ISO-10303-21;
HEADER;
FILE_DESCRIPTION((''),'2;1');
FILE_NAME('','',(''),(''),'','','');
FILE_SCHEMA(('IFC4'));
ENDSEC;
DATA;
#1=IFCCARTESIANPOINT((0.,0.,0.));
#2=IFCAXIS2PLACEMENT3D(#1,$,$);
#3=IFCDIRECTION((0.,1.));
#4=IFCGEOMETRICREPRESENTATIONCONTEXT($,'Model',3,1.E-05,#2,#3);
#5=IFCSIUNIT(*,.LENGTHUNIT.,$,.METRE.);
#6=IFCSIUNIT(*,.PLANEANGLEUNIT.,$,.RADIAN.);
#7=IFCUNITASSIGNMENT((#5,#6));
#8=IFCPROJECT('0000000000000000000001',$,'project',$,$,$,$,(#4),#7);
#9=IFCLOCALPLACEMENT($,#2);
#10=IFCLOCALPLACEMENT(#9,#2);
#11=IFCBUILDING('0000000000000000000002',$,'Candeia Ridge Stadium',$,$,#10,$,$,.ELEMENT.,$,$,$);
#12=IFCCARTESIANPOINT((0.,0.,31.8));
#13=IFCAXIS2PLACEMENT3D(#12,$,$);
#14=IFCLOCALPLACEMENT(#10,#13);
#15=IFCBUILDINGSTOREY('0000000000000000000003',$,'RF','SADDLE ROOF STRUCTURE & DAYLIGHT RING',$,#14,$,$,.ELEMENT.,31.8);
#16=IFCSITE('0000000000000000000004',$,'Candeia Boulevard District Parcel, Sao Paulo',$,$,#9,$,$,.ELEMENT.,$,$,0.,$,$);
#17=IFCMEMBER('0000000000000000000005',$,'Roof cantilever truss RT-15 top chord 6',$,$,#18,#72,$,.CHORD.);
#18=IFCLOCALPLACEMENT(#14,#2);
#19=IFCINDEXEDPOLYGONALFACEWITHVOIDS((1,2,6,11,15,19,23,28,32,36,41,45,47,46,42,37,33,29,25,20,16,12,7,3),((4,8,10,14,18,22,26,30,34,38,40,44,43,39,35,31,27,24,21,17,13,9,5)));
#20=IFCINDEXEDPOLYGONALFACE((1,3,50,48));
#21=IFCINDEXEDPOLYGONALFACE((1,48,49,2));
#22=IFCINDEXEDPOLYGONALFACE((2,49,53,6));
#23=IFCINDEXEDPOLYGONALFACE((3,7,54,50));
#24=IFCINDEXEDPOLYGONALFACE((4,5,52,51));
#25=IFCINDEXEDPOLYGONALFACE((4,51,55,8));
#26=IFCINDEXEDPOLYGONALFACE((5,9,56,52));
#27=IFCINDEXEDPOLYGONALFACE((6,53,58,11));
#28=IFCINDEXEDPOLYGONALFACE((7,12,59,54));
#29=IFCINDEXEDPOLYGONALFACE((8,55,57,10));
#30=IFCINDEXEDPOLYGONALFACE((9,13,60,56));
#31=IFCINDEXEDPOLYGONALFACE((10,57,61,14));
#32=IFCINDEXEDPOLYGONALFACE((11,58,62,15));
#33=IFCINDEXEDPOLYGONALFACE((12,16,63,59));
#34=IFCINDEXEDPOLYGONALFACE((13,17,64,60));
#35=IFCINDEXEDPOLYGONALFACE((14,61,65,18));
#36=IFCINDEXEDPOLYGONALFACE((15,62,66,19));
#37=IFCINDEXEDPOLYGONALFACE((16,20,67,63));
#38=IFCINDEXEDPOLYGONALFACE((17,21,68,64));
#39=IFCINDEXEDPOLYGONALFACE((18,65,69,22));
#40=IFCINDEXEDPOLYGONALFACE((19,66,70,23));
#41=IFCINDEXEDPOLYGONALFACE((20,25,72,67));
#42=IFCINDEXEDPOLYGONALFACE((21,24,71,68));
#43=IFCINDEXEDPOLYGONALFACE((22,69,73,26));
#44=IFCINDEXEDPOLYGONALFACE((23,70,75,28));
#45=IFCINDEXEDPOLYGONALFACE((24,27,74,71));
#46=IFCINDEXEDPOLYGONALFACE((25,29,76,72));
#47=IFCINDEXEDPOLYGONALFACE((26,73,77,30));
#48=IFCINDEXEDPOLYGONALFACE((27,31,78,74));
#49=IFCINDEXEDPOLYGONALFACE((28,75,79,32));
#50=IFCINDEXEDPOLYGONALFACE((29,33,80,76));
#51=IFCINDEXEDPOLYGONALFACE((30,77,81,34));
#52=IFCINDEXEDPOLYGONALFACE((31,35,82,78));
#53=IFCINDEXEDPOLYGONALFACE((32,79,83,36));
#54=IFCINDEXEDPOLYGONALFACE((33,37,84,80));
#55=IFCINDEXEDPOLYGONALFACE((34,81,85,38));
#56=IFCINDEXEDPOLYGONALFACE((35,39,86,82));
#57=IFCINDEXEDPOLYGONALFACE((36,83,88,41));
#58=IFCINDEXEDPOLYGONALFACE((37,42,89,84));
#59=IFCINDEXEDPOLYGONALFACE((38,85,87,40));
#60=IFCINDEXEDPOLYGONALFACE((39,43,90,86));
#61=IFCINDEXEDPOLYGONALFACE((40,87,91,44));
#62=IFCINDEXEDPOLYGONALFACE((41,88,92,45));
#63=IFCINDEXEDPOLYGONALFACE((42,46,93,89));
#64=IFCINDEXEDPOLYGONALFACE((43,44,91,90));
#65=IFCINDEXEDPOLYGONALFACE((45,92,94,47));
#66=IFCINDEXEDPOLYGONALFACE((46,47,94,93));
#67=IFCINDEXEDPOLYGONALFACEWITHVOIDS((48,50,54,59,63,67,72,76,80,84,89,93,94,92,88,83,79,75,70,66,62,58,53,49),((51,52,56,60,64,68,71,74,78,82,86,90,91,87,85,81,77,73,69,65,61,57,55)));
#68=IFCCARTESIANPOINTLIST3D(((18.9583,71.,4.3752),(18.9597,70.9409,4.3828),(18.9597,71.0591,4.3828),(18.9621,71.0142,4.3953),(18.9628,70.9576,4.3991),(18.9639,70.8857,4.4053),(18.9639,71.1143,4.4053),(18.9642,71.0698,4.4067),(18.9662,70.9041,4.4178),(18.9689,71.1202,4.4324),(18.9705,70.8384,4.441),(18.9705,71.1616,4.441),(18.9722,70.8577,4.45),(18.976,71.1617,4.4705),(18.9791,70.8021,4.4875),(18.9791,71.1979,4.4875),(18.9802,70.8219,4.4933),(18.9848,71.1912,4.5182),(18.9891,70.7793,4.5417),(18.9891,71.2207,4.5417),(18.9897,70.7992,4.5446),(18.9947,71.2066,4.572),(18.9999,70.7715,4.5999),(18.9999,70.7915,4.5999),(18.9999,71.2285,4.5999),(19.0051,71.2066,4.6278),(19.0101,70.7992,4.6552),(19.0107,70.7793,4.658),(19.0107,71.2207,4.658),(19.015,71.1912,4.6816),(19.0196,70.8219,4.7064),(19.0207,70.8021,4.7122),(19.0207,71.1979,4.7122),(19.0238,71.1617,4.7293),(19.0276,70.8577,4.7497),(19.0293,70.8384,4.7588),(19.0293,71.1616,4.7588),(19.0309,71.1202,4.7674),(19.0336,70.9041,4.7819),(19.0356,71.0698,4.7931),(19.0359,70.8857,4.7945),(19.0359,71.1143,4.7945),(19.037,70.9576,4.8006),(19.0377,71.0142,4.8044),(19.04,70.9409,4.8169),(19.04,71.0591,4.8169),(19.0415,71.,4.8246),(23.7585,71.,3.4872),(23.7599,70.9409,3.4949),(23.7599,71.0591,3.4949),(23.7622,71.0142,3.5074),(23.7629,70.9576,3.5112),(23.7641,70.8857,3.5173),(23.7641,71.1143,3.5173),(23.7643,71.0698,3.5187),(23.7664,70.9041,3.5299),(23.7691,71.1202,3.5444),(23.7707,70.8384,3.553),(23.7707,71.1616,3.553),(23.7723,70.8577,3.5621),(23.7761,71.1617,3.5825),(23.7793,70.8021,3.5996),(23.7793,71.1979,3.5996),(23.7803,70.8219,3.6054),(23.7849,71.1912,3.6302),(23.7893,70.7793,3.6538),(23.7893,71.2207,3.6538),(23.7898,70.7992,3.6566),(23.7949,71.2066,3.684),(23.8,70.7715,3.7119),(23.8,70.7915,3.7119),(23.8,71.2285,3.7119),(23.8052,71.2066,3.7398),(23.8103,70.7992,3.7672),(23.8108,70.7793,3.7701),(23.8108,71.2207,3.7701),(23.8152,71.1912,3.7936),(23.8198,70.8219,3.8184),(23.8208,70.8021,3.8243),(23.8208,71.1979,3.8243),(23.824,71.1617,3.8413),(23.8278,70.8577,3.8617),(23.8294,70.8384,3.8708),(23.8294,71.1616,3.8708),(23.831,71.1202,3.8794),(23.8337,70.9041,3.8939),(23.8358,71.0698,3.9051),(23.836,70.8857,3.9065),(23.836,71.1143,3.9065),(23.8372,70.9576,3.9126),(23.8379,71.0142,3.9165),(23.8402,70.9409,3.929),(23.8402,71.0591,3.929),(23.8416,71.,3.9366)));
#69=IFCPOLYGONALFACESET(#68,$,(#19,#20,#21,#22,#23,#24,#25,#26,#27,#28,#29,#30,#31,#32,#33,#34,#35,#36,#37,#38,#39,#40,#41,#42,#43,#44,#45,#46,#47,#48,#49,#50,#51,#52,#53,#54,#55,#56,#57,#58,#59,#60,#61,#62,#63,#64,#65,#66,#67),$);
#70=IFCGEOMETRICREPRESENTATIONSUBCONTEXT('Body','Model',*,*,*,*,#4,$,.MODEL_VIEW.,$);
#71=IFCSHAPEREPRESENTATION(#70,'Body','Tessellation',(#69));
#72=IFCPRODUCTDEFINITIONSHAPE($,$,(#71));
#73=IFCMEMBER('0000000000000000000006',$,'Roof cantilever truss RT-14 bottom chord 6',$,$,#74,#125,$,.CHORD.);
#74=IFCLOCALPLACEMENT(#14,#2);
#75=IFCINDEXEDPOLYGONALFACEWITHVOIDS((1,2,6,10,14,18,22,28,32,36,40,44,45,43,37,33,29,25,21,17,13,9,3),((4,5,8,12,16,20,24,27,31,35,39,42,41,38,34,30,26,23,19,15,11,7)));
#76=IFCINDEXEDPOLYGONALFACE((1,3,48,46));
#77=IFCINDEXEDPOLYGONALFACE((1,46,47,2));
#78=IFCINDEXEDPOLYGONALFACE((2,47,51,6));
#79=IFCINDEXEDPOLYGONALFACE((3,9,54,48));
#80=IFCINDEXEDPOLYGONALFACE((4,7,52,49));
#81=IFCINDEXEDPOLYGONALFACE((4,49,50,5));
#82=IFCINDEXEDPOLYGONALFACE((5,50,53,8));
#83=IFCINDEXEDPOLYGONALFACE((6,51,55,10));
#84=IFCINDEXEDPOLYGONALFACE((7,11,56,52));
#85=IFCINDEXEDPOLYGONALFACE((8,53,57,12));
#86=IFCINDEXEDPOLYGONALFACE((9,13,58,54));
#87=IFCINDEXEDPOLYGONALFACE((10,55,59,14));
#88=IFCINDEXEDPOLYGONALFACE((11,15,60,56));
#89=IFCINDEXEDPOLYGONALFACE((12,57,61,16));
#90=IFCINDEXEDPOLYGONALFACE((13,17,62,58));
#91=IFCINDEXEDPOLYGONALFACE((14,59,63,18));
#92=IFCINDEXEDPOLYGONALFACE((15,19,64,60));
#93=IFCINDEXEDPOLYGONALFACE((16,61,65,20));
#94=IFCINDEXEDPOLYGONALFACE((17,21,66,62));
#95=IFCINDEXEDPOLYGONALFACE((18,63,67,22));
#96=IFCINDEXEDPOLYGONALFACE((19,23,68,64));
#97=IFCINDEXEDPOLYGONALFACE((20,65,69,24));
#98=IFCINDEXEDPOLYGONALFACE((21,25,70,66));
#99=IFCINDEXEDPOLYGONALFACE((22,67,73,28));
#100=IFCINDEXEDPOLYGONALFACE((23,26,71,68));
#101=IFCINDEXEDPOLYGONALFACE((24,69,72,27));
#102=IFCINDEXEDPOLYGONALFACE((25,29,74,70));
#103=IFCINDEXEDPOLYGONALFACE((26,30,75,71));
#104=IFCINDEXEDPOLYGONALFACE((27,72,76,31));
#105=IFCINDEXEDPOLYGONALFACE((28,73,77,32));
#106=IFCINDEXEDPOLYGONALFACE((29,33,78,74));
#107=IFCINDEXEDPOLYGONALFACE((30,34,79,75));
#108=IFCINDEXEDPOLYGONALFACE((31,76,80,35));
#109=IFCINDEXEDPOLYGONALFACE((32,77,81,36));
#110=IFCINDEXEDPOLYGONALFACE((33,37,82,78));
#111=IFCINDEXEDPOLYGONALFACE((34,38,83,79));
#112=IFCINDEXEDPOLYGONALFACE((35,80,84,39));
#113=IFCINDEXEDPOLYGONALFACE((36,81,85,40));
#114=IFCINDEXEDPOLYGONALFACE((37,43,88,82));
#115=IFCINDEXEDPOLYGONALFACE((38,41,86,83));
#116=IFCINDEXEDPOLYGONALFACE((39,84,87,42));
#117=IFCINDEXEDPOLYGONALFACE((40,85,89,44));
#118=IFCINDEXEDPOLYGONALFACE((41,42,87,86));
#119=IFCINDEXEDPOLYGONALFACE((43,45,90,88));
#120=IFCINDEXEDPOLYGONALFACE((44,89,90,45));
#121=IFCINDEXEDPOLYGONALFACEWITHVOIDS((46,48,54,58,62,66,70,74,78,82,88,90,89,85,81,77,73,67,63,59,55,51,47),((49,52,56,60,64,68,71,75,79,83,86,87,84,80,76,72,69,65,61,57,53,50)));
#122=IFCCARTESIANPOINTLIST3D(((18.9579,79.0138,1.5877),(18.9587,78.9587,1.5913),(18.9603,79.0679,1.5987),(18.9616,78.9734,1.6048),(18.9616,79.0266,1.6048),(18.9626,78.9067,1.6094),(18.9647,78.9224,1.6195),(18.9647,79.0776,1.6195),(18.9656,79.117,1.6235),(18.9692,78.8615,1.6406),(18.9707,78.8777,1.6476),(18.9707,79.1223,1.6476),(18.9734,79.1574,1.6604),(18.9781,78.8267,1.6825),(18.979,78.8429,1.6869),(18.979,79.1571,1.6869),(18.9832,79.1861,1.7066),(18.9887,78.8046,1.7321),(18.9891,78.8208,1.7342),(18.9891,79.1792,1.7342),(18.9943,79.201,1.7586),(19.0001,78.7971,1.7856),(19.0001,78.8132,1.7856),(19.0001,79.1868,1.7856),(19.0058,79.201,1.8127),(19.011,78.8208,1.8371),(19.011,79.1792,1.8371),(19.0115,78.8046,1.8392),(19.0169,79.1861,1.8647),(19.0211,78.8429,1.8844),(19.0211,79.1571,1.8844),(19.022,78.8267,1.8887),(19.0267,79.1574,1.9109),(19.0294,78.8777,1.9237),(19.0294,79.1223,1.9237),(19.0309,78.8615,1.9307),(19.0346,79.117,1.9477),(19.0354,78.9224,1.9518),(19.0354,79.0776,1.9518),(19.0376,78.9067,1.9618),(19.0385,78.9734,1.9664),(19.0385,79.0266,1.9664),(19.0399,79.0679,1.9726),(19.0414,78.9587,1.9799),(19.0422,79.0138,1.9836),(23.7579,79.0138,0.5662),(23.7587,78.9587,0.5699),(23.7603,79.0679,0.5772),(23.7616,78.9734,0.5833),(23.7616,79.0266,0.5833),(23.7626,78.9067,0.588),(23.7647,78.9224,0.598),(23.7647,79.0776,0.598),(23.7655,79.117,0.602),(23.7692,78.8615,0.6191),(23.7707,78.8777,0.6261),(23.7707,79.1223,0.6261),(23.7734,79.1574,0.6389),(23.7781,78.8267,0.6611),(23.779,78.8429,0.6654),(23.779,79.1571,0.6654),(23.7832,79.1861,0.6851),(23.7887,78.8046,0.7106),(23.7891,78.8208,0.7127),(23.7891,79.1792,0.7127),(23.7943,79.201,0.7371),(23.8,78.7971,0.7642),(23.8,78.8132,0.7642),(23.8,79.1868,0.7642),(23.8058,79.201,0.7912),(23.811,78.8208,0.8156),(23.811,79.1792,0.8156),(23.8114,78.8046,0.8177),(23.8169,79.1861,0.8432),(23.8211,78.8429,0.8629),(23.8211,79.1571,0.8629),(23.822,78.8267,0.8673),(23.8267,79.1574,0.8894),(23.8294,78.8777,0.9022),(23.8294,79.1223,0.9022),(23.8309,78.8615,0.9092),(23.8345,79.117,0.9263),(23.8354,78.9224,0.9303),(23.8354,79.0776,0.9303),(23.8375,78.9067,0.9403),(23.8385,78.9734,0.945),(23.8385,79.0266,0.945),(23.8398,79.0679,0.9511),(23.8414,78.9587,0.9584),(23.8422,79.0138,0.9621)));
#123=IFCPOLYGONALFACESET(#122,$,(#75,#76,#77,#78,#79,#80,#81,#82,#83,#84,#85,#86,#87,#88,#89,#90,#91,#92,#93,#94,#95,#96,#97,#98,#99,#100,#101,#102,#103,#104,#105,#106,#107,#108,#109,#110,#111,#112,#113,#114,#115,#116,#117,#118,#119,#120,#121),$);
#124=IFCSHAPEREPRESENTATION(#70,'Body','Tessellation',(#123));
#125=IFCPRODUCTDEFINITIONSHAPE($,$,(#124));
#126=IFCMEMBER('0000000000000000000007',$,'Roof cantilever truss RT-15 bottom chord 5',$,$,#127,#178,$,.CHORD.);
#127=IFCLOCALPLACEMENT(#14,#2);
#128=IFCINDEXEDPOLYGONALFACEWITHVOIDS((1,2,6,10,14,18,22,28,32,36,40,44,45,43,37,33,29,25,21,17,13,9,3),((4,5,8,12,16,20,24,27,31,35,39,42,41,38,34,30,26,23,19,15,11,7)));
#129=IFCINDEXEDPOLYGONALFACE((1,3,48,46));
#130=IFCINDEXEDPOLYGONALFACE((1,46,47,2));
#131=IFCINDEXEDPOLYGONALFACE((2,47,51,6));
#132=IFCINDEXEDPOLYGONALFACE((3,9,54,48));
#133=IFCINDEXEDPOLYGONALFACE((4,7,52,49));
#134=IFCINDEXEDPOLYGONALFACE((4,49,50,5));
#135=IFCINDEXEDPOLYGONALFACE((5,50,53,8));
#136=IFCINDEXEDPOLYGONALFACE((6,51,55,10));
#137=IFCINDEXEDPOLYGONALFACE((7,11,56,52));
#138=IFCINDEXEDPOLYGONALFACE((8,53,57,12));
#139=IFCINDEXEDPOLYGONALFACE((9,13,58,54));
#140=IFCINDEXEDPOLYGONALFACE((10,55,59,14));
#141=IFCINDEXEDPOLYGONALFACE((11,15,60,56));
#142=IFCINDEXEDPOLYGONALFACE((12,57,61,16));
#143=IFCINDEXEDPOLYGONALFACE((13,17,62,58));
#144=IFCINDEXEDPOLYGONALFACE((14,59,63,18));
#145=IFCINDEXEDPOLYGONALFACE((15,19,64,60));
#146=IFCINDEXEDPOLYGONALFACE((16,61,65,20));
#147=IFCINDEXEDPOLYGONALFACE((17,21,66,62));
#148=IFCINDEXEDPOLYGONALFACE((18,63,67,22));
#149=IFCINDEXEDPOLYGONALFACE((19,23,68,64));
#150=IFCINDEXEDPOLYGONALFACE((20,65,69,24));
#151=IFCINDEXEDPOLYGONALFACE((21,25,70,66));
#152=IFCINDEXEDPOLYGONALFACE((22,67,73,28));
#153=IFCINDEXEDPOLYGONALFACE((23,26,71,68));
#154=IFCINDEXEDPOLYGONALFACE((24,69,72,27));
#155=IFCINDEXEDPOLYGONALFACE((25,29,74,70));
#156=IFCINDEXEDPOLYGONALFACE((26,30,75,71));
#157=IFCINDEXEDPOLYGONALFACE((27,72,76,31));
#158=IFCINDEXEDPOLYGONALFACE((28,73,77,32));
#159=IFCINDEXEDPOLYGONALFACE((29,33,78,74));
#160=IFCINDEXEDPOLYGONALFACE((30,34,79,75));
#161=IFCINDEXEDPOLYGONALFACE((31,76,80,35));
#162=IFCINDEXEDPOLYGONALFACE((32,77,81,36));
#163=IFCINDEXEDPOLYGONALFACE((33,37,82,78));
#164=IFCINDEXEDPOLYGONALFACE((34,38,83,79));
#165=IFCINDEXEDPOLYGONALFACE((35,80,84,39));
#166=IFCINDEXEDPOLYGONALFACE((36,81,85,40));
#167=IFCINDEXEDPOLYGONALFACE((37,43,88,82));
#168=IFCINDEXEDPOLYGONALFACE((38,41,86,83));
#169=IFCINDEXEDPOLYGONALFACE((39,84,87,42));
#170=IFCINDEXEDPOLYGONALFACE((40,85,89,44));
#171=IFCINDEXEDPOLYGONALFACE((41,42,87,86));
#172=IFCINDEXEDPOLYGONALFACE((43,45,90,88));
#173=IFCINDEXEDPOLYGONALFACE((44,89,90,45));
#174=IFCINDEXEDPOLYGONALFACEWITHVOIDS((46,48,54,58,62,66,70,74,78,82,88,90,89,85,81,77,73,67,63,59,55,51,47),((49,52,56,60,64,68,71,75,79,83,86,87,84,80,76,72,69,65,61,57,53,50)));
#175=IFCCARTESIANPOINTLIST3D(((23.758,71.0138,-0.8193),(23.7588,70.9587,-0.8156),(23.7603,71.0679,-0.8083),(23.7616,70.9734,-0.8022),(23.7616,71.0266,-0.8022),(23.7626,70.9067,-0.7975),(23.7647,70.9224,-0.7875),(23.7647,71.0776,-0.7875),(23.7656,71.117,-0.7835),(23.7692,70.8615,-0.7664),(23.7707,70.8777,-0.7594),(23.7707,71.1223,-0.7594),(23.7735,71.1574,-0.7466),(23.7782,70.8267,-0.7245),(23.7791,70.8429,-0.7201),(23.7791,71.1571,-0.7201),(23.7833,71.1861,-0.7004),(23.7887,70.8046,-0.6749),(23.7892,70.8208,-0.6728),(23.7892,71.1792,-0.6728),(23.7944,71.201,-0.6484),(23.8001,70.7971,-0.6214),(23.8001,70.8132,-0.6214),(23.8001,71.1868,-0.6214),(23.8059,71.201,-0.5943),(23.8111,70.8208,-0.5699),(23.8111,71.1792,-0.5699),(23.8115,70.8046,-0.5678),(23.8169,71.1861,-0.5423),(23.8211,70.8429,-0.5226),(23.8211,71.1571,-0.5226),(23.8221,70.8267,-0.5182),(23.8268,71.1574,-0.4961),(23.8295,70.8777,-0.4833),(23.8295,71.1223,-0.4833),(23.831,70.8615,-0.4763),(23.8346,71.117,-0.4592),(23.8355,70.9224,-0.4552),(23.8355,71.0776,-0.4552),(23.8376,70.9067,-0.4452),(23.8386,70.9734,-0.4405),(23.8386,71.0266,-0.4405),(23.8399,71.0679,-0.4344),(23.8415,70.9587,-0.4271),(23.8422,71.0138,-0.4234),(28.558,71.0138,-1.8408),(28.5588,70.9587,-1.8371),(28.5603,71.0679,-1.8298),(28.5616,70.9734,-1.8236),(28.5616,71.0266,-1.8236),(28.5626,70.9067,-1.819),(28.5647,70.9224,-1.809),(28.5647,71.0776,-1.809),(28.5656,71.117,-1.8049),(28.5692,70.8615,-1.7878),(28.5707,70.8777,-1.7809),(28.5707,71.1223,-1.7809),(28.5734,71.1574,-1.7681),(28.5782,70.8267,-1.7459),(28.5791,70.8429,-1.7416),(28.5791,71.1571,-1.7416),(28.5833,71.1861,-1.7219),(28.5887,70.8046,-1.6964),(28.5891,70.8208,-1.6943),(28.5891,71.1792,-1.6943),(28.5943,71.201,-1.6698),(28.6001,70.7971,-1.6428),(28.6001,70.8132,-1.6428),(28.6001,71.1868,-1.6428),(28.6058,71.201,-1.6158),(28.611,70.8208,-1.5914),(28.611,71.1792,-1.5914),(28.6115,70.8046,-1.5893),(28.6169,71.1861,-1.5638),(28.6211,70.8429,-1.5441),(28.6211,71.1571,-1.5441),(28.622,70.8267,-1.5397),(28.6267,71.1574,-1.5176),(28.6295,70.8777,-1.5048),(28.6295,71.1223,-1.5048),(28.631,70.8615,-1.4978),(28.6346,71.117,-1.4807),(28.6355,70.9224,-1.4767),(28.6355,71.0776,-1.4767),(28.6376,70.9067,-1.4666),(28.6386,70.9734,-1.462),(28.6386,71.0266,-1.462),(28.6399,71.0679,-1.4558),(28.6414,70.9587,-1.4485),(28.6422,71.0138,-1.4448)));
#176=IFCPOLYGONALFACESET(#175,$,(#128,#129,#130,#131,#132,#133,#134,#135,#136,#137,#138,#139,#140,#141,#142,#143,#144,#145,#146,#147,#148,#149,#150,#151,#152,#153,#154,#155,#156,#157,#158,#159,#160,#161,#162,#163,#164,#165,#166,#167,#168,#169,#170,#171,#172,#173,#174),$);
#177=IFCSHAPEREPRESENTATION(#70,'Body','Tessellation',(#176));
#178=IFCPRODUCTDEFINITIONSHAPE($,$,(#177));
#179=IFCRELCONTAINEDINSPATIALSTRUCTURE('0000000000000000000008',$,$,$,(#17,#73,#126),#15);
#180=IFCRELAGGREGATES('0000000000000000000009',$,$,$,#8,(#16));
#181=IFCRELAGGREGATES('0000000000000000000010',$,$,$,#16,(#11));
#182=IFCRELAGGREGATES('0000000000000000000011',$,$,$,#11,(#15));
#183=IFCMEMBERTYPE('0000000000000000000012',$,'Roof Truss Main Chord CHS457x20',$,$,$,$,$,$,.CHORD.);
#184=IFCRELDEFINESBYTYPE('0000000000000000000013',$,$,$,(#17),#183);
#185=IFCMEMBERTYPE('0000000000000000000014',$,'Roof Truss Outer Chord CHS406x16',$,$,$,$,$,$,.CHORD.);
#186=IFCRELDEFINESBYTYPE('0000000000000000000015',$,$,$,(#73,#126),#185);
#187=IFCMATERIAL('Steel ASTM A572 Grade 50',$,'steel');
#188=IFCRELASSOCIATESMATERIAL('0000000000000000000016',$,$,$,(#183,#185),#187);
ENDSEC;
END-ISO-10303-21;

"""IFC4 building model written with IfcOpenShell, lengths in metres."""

from ifc_helpers import new_model, si_unit, direction, frame, origin, origin_2d, place, context, subcontext, project, spatial, hollow_circle, extrude, material, material_profile, profile_set, type_object, element, save


model = new_model("IFC4")

# Units and contexts
model_context = context("Model", 3, precision=1e-05, world=origin(), true_north=direction((0.0, 1.0)))
body_context = subcontext(model_context, "Body", "Model", "MODEL_VIEW")
ifc_project = project(units=[si_unit("LENGTHUNIT", "METRE"), si_unit("PLANEANGLEUNIT", "RADIAN")], contexts=[model_context])

# Site, building, storey
site_placement = place(None, origin())
site = spatial("IfcSite", under=ifc_project, at=site_placement, Name="Candeia Boulevard District Parcel, Sao Paulo", CompositionType="ELEMENT", RefElevation=0.0)
building_placement = place(site_placement, origin())
building = spatial("IfcBuilding", under=site, at=building_placement, Name="Candeia Ridge Stadium", CompositionType="ELEMENT")
storey_placement = place(building_placement, frame((0.0, 0.0, 31.8)))
storey = spatial("IfcBuildingStorey", under=building, at=storey_placement, Name="RF", Description="SADDLE ROOF STRUCTURE & DAYLIGHT RING", CompositionType="ELEMENT", Elevation=31.8)

# Shared definitions
ifc_material_1 = material(Name="Steel ASTM A572 Grade 50", Category="steel")

# Members
ifc_material_profile_1 = material_profile(ifc_material_1, hollow_circle(Radius=0.2285, WallThickness=0.02, at=origin_2d()), Name="CHS457x20", Category="steel")
ifc_profile_set_1 = profile_set([ifc_material_profile_1], Name="Steel ASTM A572 Grade 50")
member_type_1 = type_object("IfcMemberType", Name="Roof Truss Main Chord CHS457x20", PredefinedType="CHORD", material=ifc_profile_set_1)
for number, where, z_axis, x_axis, name in (
    (1, (23.8, 71.0, 3.7119), (-0.983317, 0.0, 0.181899), (0.0, -1.0, 0.0), "Roof cantilever truss RT-15 top chord 6"),
):
    element("IfcMember", number, at=place(storey_placement, frame(where, z_axis=z_axis, x_axis=x_axis)), inside=storey, type_object=member_type_1, Name=name, PredefinedType="CHORD", context=body_context, shape_type="SweptSolid", body=[
        extrude(hollow_circle(Radius=0.2285, WallThickness=0.02, at=origin_2d()), origin(), (0.0, 0.0, 1.0), 4.8816),
    ])
ifc_material_profile_2 = material_profile(ifc_material_1, hollow_circle(Radius=0.2029, WallThickness=0.0161, at=origin_2d()), Name="CHS406x16", Category="steel")
ifc_profile_set_2 = profile_set([ifc_material_profile_2], Name="Steel ASTM A572 Grade 50")
member_type_2 = type_object("IfcMemberType", Name="Roof Truss Outer Chord CHS406x16", PredefinedType="CHORD", material=ifc_profile_set_2)
for number, where, z_axis, x_axis, name in (
    (2, (23.8, 79.0, 0.7642), (-0.978098, 0.0, 0.208146), (0.0, -1.0, 0.0), "Roof cantilever truss RT-14 bottom chord 6"),
    (3, (28.6001, 71.0, -1.6428), (-0.978098, 0.0, 0.208146), (0.0, -1.0, 0.0), "Roof cantilever truss RT-15 bottom chord 5"),
):
    element("IfcMember", number, at=place(storey_placement, frame(where, z_axis=z_axis, x_axis=x_axis)), inside=storey, type_object=member_type_2, Name=name, PredefinedType="CHORD", context=body_context, shape_type="SweptSolid", body=[
        extrude(hollow_circle(Radius=0.2029, WallThickness=0.0161, at=origin_2d()), origin(), (0.0, 0.0, 1.0), 4.9075),
    ])

save(model, "model.ifc")
